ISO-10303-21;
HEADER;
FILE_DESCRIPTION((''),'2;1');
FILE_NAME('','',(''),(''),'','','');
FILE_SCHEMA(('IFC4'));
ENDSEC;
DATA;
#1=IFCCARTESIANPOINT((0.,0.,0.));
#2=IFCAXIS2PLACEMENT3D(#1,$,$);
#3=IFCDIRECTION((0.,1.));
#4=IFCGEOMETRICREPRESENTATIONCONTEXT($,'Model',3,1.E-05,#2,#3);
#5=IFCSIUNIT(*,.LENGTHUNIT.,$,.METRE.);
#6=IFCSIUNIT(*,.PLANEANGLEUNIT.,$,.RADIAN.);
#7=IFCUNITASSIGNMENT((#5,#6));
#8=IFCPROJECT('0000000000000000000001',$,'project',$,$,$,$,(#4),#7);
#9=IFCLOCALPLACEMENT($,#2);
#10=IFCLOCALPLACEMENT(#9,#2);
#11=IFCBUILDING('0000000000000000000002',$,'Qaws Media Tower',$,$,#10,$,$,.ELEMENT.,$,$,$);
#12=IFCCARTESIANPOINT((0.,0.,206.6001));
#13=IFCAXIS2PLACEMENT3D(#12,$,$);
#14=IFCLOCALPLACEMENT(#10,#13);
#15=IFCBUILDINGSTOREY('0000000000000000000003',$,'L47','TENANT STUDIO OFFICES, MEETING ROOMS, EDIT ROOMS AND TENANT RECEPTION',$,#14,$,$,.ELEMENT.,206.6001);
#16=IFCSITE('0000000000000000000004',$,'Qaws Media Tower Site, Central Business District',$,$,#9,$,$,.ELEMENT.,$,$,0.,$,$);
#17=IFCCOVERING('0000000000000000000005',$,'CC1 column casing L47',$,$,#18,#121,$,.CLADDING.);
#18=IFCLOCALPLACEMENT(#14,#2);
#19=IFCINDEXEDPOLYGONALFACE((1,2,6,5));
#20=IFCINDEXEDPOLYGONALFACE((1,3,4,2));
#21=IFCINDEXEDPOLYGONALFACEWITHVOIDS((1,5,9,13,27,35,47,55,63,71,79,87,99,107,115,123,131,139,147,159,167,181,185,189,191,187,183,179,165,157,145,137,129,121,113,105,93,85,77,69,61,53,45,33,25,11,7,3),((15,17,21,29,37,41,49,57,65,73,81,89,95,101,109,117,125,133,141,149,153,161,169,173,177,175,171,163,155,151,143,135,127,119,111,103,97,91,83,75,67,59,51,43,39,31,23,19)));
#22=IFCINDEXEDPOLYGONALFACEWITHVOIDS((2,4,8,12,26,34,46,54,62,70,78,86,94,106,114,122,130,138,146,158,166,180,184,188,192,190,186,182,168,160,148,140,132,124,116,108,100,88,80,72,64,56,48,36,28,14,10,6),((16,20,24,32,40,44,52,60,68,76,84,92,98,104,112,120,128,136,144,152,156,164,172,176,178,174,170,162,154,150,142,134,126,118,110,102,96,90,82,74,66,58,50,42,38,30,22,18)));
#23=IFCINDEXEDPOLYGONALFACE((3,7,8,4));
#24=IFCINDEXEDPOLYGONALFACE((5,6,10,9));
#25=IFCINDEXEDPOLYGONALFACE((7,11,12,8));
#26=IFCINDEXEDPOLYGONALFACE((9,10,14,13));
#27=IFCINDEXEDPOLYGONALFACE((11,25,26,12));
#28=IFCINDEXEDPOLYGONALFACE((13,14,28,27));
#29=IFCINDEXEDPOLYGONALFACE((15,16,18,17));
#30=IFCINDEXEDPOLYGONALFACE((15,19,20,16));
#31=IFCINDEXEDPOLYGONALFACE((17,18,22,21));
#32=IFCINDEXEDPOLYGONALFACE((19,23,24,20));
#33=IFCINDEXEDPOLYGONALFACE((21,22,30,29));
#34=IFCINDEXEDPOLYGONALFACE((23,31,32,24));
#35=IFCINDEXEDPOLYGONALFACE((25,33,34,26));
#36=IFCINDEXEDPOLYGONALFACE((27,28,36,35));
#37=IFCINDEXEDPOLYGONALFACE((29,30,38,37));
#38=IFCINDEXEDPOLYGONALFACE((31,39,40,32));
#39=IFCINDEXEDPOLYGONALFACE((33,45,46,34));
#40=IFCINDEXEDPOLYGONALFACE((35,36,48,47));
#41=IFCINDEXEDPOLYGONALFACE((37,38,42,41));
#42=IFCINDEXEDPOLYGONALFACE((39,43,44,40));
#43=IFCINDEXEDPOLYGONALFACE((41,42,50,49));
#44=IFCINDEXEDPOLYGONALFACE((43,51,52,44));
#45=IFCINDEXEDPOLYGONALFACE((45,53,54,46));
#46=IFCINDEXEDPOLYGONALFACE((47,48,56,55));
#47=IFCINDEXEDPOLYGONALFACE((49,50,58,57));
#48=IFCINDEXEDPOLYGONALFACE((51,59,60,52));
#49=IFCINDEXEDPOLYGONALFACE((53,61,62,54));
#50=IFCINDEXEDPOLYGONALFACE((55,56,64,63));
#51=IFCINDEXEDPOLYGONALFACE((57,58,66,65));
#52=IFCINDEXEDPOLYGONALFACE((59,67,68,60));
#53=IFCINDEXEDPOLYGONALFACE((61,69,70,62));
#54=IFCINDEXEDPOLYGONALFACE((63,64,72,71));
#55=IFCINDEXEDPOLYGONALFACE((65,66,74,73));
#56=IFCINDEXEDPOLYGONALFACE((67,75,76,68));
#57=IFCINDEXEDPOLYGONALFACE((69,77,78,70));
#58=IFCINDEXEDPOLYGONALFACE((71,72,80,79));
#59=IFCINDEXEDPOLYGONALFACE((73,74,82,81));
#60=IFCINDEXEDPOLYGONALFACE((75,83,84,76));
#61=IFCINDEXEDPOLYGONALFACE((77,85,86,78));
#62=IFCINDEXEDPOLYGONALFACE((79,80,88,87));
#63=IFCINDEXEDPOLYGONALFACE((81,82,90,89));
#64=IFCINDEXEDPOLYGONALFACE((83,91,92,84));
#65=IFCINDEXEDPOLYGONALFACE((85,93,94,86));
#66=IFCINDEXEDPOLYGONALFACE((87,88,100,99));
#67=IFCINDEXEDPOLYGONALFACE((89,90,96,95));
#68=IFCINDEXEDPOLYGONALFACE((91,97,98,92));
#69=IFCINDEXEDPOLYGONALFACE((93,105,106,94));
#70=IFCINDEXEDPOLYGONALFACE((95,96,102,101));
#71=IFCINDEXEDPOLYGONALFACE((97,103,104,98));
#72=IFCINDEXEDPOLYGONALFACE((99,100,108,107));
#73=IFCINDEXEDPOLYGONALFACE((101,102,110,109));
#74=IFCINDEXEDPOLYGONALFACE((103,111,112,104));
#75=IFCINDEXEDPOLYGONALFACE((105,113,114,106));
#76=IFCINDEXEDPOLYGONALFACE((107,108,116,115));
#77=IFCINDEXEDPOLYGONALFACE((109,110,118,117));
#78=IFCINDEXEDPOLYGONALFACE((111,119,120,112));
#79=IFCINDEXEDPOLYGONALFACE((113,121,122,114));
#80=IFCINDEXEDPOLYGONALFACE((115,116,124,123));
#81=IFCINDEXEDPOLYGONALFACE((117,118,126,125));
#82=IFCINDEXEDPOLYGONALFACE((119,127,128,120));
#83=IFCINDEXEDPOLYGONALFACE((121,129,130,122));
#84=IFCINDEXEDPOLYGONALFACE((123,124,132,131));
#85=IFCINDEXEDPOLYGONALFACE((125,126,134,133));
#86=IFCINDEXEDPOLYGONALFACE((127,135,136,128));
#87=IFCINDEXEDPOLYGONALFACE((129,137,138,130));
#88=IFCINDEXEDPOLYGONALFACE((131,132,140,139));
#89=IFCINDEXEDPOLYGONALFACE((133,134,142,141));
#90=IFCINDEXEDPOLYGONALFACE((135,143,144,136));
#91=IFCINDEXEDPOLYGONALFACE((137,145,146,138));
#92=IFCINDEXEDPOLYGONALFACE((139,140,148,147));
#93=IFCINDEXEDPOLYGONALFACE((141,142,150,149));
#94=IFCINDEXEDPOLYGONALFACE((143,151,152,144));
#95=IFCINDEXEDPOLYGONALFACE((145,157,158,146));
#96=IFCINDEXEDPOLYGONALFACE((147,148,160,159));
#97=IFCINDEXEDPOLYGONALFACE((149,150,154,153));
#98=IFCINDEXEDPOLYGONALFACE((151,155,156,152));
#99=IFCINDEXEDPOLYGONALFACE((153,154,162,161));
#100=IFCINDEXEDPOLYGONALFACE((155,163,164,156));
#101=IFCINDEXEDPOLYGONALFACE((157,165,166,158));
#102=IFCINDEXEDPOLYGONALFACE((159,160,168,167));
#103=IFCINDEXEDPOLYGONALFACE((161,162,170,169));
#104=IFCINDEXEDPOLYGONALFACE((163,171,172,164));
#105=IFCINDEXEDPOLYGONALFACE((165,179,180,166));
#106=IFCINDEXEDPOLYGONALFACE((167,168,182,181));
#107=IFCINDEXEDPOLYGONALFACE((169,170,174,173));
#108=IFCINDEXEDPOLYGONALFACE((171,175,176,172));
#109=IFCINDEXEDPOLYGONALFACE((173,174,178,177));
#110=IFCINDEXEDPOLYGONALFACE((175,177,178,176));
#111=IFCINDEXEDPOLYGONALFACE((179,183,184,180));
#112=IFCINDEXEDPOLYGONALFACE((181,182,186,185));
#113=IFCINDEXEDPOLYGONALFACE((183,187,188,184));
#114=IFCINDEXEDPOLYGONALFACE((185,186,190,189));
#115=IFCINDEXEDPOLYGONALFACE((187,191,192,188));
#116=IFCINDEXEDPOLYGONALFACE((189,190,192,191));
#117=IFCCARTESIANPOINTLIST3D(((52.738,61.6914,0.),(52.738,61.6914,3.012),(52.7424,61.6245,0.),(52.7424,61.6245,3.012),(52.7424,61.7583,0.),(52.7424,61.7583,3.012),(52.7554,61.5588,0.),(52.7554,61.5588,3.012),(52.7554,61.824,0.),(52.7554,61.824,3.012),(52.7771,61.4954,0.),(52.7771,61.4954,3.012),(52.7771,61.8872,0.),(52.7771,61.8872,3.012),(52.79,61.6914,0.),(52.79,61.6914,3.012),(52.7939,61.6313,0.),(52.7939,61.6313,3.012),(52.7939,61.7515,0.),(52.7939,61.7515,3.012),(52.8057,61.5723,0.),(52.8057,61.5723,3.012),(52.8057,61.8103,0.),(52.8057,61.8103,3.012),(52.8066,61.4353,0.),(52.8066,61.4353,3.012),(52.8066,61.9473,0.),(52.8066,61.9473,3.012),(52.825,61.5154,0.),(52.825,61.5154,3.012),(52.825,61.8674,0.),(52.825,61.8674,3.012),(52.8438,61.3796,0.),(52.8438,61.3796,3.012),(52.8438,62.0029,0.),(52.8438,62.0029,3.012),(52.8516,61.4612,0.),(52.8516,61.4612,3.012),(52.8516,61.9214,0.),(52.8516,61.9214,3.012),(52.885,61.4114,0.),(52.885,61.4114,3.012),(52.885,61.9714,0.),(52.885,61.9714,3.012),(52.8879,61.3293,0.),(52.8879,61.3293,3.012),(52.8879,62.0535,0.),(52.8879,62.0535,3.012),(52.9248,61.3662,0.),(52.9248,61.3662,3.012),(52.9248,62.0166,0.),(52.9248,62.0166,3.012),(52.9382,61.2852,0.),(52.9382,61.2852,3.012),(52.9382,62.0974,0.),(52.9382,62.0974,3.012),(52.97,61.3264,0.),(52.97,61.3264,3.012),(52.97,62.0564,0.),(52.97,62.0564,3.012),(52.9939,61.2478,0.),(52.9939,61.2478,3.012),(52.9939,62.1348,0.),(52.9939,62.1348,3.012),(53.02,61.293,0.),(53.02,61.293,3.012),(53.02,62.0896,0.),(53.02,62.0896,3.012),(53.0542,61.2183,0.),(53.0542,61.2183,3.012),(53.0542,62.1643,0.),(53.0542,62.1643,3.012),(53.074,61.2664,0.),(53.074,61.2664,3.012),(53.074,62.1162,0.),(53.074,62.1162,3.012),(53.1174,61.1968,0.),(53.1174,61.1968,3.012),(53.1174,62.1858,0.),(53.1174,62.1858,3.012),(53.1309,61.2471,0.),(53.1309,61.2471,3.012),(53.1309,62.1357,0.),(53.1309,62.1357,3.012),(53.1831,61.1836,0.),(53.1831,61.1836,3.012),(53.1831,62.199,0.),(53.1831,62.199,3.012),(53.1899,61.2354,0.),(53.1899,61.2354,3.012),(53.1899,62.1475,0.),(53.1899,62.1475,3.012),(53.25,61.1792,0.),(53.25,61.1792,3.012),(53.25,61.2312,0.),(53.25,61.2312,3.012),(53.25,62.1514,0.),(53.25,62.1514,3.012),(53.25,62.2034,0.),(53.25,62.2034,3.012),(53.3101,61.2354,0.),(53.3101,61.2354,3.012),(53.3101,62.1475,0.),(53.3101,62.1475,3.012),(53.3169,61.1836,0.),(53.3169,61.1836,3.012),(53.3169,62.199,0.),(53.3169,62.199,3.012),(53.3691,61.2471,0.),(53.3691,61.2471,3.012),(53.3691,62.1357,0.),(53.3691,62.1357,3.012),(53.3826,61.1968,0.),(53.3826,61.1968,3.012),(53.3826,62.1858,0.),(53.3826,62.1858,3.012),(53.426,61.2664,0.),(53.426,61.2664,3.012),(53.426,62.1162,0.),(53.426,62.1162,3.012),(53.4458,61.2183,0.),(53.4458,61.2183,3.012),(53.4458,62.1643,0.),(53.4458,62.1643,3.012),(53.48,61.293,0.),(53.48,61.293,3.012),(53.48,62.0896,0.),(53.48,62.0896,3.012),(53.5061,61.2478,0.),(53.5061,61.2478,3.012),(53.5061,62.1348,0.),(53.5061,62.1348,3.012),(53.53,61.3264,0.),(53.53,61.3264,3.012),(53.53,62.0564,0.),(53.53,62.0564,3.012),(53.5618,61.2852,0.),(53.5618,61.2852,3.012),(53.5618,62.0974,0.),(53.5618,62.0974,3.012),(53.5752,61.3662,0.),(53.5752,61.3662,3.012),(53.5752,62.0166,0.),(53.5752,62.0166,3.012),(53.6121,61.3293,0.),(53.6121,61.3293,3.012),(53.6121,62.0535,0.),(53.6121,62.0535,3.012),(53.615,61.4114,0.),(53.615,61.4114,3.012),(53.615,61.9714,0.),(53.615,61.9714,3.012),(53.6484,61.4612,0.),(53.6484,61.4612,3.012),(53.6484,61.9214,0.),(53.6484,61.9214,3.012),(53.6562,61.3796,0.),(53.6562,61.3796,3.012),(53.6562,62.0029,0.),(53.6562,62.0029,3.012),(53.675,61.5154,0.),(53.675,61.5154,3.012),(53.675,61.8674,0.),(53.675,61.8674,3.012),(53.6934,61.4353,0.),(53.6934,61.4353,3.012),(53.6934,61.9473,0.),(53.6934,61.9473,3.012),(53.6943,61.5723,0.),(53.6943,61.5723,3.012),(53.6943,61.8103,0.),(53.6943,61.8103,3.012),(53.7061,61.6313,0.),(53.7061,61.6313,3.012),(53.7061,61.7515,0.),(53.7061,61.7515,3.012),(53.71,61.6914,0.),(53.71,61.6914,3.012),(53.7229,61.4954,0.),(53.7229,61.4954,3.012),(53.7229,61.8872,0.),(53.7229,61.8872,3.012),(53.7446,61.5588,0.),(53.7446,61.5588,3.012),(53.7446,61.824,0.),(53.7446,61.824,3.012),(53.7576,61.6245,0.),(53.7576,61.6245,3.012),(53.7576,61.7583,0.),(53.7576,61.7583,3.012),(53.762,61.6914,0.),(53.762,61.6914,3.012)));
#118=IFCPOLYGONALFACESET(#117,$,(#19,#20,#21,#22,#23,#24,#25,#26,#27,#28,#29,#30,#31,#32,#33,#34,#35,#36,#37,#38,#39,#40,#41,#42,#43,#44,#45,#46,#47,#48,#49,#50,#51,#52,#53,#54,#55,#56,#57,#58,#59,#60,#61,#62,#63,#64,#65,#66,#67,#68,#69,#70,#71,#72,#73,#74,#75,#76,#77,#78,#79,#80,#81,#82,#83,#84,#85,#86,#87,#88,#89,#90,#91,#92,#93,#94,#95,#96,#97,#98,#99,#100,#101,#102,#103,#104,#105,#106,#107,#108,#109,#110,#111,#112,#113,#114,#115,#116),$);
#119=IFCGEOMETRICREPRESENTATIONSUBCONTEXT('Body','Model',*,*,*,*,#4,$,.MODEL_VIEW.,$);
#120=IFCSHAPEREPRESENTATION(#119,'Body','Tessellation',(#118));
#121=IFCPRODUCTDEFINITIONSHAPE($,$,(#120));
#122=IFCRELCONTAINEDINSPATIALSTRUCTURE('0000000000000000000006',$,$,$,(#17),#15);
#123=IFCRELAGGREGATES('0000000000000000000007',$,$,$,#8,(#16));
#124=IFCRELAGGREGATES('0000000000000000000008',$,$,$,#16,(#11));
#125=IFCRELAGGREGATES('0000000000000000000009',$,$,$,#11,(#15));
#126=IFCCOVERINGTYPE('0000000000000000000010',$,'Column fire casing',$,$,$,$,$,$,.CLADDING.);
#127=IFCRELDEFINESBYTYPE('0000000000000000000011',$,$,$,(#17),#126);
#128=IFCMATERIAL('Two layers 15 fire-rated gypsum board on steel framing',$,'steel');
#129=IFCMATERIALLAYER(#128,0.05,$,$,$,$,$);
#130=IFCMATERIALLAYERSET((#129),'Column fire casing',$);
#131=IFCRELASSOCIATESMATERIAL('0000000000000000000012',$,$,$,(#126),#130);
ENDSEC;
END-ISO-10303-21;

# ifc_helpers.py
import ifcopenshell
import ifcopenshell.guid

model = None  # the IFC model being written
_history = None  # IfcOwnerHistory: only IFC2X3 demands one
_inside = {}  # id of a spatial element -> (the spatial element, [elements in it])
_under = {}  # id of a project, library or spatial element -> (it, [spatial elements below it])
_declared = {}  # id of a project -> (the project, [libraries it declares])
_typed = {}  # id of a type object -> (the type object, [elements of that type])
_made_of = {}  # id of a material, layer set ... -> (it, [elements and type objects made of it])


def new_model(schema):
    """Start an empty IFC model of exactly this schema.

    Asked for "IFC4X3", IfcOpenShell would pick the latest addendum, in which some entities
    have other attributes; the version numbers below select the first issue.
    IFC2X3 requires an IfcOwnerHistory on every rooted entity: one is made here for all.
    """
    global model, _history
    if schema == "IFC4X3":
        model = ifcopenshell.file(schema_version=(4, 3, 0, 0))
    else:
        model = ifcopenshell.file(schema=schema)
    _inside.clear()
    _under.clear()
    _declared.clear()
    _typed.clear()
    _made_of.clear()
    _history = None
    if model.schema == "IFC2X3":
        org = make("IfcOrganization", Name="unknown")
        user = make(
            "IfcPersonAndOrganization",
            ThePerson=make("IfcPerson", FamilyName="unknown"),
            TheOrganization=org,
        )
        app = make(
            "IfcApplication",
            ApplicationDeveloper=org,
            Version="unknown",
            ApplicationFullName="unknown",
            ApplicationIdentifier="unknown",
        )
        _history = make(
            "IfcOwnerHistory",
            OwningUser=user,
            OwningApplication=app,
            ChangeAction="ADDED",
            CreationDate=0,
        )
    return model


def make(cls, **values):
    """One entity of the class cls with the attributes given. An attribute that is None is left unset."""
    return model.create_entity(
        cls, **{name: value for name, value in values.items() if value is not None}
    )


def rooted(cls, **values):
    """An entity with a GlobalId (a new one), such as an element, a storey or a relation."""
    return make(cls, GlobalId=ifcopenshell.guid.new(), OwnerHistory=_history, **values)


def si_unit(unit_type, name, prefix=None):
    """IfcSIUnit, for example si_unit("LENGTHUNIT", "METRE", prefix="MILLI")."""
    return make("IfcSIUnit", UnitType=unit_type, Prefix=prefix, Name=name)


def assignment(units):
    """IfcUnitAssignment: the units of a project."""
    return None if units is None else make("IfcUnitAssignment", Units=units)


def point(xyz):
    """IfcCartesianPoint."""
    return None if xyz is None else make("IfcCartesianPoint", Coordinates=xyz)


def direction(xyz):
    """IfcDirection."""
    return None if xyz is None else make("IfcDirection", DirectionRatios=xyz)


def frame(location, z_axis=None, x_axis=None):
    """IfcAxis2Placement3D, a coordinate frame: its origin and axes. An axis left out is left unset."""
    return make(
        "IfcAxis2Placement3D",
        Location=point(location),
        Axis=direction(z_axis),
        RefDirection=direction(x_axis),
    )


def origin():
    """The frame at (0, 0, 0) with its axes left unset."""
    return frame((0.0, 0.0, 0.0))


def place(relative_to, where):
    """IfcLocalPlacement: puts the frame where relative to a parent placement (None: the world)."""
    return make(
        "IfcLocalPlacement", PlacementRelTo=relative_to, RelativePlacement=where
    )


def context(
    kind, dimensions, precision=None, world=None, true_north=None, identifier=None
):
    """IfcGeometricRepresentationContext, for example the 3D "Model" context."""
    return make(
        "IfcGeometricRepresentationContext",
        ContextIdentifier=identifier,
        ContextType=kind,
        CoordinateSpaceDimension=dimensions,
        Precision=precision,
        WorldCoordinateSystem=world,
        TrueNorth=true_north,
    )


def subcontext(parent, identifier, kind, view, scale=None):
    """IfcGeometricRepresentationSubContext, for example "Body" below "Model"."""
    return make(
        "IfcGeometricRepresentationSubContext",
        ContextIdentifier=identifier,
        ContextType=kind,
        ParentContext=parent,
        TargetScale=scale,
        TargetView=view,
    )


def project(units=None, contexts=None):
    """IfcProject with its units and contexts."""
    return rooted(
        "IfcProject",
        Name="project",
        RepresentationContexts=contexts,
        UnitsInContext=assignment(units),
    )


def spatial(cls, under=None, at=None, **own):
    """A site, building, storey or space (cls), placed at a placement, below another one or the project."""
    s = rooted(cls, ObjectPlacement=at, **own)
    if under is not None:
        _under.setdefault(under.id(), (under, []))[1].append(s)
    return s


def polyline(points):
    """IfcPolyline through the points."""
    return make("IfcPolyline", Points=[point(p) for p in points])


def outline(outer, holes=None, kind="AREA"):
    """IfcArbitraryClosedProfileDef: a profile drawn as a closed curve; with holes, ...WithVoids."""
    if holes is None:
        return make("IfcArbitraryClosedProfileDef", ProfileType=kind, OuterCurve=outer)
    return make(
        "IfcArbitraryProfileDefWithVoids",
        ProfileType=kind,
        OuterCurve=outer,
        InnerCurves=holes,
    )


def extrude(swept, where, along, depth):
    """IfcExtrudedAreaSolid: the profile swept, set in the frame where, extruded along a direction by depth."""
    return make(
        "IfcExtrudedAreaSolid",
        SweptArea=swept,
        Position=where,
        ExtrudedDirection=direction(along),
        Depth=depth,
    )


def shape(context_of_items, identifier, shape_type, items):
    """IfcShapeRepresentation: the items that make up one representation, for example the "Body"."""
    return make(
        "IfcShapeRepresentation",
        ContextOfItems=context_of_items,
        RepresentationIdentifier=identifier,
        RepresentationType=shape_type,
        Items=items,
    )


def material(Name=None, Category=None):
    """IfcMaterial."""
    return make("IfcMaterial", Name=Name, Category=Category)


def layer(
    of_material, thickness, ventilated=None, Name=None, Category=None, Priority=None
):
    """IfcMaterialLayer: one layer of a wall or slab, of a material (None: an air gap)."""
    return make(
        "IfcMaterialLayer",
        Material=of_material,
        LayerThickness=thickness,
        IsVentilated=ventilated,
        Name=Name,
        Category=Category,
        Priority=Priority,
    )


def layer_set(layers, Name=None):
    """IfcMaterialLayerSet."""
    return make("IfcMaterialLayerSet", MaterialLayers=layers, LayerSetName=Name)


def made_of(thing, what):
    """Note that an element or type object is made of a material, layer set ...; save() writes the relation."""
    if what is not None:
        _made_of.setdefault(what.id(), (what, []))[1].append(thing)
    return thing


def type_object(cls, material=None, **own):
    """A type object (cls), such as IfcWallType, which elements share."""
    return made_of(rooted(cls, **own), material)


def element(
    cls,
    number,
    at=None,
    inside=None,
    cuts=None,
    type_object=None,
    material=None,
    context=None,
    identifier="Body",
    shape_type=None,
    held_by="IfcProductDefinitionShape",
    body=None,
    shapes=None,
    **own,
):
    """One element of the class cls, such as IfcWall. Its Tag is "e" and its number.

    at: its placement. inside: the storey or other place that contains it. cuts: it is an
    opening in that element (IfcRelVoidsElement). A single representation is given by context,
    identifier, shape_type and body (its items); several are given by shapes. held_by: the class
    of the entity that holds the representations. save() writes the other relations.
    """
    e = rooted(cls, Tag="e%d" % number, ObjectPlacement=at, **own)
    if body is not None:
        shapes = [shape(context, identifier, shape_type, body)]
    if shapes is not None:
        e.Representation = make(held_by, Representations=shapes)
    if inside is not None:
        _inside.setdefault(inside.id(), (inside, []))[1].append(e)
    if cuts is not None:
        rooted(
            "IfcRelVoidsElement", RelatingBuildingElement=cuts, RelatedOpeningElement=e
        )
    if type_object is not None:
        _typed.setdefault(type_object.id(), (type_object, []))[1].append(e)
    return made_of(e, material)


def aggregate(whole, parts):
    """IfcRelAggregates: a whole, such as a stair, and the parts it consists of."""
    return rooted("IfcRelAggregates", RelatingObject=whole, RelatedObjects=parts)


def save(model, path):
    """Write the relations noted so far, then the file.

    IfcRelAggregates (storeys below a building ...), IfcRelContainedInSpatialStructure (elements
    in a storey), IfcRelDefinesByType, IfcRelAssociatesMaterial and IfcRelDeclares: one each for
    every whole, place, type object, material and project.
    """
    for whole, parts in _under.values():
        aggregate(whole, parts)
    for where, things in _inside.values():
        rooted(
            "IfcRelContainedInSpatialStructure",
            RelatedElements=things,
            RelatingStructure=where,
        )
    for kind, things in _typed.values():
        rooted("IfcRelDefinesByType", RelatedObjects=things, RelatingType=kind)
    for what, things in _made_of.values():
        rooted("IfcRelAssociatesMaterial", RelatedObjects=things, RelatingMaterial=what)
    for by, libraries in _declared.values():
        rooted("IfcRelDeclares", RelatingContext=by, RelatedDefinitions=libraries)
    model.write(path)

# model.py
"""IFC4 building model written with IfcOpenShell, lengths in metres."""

from ifc_helpers import new_model, si_unit, direction, frame, origin, place, context, subcontext, project, spatial, polyline, outline, extrude, material, layer, layer_set, type_object, element, save


model = new_model("IFC4")

# Units and contexts
model_context = context("Model", 3, precision=1e-05, world=origin(), true_north=direction((0.0, 1.0)))
body_context = subcontext(model_context, "Body", "Model", "MODEL_VIEW")
ifc_project = project(units=[si_unit("LENGTHUNIT", "METRE"), si_unit("PLANEANGLEUNIT", "RADIAN")], contexts=[model_context])

# Site, building, storey
site_placement = place(None, origin())
site = spatial("IfcSite", under=ifc_project, at=site_placement, Name="Qaws Media Tower Site, Central Business District", CompositionType="ELEMENT", RefElevation=0.0)
building_placement = place(site_placement, origin())
building = spatial("IfcBuilding", under=site, at=building_placement, Name="Qaws Media Tower", CompositionType="ELEMENT")
storey_placement = place(building_placement, frame((0.0, 0.0, 206.6001)))
storey = spatial("IfcBuildingStorey", under=building, at=storey_placement, Name="L47", Description="TENANT STUDIO OFFICES, MEETING ROOMS, EDIT ROOMS AND TENANT RECEPTION", CompositionType="ELEMENT", Elevation=206.6001)

# Covering
ifc_material_1 = material(Name="Two layers 15 fire-rated gypsum board on steel framing", Category="steel")
ifc_layer_1 = layer(ifc_material_1, 0.05)
ifc_layer_set_1 = layer_set([ifc_layer_1], Name="Column fire casing")
covering_type = type_object("IfcCoveringType", Name="Column fire casing", PredefinedType="CLADDING", material=ifc_layer_set_1)
covering_placement = place(storey_placement, origin())
element("IfcCovering", 1, at=covering_placement, inside=storey, type_object=covering_type, Name="CC1 column casing L47", PredefinedType="CLADDING", context=body_context, shape_type="SweptSolid", body=[
    extrude(outline(polyline([(53.762, 61.6914), (53.7576, 61.6245), (53.7446, 61.5588), (53.7229, 61.4954), (53.6934, 61.4353), (53.6562, 61.3796), (53.6121, 61.3293), (53.5618, 61.2852), (53.5061, 61.2478), (53.4458, 61.2183), (53.3826, 61.1968), (53.3169, 61.1836), (53.25, 61.1792), (53.1831, 61.1836), (53.1174, 61.1968), (53.0542, 61.2183), (52.9939, 61.2478), (52.9382, 61.2852), (52.8879, 61.3293), (52.8438, 61.3796), (52.8066, 61.4353), (52.7771, 61.4954), (52.7554, 61.5588), (52.7424, 61.6245), (52.738, 61.6914), (52.7424, 61.7583), (52.7554, 61.824), (52.7771, 61.8872), (52.8066, 61.9473), (52.8438, 62.0029), (52.8879, 62.0535), (52.9382, 62.0974), (52.9939, 62.1348), (53.0542, 62.1643), (53.1174, 62.1858), (53.1831, 62.199), (53.25, 62.2034), (53.3169, 62.199), (53.3826, 62.1858), (53.4458, 62.1643), (53.5061, 62.1348), (53.5618, 62.0974), (53.6121, 62.0535), (53.6562, 62.0029), (53.6934, 61.9473), (53.7229, 61.8872), (53.7446, 61.824), (53.7576, 61.7583), (53.762, 61.6914)]), holes=[polyline([(53.71, 61.6914), (53.7061, 61.6313), (53.6943, 61.5723), (53.675, 61.5154), (53.6484, 61.4612), (53.615, 61.4114), (53.5752, 61.3662), (53.53, 61.3264), (53.48, 61.293), (53.426, 61.2664), (53.3691, 61.2471), (53.3101, 61.2354), (53.25, 61.2312), (53.1899, 61.2354), (53.1309, 61.2471), (53.074, 61.2664), (53.02, 61.293), (52.97, 61.3264), (52.9248, 61.3662), (52.885, 61.4114), (52.8516, 61.4612), (52.825, 61.5154), (52.8057, 61.5723), (52.7939, 61.6313), (52.79, 61.6914), (52.7939, 61.7515), (52.8057, 61.8103), (52.825, 61.8674), (52.8516, 61.9214), (52.885, 61.9714), (52.9248, 62.0166), (52.97, 62.0564), (53.02, 62.0896), (53.074, 62.1162), (53.1309, 62.1357), (53.1899, 62.1475), (53.25, 62.1514), (53.3101, 62.1475), (53.3691, 62.1357), (53.426, 62.1162), (53.48, 62.0896), (53.53, 62.0564), (53.5752, 62.0166), (53.615, 61.9714), (53.6484, 61.9214), (53.675, 61.8674), (53.6943, 61.8103), (53.7061, 61.7515), (53.71, 61.6914)])]), origin(), (0.0, 0.0, 1.0), 3.012),
])

save(model, "model.ifc")
